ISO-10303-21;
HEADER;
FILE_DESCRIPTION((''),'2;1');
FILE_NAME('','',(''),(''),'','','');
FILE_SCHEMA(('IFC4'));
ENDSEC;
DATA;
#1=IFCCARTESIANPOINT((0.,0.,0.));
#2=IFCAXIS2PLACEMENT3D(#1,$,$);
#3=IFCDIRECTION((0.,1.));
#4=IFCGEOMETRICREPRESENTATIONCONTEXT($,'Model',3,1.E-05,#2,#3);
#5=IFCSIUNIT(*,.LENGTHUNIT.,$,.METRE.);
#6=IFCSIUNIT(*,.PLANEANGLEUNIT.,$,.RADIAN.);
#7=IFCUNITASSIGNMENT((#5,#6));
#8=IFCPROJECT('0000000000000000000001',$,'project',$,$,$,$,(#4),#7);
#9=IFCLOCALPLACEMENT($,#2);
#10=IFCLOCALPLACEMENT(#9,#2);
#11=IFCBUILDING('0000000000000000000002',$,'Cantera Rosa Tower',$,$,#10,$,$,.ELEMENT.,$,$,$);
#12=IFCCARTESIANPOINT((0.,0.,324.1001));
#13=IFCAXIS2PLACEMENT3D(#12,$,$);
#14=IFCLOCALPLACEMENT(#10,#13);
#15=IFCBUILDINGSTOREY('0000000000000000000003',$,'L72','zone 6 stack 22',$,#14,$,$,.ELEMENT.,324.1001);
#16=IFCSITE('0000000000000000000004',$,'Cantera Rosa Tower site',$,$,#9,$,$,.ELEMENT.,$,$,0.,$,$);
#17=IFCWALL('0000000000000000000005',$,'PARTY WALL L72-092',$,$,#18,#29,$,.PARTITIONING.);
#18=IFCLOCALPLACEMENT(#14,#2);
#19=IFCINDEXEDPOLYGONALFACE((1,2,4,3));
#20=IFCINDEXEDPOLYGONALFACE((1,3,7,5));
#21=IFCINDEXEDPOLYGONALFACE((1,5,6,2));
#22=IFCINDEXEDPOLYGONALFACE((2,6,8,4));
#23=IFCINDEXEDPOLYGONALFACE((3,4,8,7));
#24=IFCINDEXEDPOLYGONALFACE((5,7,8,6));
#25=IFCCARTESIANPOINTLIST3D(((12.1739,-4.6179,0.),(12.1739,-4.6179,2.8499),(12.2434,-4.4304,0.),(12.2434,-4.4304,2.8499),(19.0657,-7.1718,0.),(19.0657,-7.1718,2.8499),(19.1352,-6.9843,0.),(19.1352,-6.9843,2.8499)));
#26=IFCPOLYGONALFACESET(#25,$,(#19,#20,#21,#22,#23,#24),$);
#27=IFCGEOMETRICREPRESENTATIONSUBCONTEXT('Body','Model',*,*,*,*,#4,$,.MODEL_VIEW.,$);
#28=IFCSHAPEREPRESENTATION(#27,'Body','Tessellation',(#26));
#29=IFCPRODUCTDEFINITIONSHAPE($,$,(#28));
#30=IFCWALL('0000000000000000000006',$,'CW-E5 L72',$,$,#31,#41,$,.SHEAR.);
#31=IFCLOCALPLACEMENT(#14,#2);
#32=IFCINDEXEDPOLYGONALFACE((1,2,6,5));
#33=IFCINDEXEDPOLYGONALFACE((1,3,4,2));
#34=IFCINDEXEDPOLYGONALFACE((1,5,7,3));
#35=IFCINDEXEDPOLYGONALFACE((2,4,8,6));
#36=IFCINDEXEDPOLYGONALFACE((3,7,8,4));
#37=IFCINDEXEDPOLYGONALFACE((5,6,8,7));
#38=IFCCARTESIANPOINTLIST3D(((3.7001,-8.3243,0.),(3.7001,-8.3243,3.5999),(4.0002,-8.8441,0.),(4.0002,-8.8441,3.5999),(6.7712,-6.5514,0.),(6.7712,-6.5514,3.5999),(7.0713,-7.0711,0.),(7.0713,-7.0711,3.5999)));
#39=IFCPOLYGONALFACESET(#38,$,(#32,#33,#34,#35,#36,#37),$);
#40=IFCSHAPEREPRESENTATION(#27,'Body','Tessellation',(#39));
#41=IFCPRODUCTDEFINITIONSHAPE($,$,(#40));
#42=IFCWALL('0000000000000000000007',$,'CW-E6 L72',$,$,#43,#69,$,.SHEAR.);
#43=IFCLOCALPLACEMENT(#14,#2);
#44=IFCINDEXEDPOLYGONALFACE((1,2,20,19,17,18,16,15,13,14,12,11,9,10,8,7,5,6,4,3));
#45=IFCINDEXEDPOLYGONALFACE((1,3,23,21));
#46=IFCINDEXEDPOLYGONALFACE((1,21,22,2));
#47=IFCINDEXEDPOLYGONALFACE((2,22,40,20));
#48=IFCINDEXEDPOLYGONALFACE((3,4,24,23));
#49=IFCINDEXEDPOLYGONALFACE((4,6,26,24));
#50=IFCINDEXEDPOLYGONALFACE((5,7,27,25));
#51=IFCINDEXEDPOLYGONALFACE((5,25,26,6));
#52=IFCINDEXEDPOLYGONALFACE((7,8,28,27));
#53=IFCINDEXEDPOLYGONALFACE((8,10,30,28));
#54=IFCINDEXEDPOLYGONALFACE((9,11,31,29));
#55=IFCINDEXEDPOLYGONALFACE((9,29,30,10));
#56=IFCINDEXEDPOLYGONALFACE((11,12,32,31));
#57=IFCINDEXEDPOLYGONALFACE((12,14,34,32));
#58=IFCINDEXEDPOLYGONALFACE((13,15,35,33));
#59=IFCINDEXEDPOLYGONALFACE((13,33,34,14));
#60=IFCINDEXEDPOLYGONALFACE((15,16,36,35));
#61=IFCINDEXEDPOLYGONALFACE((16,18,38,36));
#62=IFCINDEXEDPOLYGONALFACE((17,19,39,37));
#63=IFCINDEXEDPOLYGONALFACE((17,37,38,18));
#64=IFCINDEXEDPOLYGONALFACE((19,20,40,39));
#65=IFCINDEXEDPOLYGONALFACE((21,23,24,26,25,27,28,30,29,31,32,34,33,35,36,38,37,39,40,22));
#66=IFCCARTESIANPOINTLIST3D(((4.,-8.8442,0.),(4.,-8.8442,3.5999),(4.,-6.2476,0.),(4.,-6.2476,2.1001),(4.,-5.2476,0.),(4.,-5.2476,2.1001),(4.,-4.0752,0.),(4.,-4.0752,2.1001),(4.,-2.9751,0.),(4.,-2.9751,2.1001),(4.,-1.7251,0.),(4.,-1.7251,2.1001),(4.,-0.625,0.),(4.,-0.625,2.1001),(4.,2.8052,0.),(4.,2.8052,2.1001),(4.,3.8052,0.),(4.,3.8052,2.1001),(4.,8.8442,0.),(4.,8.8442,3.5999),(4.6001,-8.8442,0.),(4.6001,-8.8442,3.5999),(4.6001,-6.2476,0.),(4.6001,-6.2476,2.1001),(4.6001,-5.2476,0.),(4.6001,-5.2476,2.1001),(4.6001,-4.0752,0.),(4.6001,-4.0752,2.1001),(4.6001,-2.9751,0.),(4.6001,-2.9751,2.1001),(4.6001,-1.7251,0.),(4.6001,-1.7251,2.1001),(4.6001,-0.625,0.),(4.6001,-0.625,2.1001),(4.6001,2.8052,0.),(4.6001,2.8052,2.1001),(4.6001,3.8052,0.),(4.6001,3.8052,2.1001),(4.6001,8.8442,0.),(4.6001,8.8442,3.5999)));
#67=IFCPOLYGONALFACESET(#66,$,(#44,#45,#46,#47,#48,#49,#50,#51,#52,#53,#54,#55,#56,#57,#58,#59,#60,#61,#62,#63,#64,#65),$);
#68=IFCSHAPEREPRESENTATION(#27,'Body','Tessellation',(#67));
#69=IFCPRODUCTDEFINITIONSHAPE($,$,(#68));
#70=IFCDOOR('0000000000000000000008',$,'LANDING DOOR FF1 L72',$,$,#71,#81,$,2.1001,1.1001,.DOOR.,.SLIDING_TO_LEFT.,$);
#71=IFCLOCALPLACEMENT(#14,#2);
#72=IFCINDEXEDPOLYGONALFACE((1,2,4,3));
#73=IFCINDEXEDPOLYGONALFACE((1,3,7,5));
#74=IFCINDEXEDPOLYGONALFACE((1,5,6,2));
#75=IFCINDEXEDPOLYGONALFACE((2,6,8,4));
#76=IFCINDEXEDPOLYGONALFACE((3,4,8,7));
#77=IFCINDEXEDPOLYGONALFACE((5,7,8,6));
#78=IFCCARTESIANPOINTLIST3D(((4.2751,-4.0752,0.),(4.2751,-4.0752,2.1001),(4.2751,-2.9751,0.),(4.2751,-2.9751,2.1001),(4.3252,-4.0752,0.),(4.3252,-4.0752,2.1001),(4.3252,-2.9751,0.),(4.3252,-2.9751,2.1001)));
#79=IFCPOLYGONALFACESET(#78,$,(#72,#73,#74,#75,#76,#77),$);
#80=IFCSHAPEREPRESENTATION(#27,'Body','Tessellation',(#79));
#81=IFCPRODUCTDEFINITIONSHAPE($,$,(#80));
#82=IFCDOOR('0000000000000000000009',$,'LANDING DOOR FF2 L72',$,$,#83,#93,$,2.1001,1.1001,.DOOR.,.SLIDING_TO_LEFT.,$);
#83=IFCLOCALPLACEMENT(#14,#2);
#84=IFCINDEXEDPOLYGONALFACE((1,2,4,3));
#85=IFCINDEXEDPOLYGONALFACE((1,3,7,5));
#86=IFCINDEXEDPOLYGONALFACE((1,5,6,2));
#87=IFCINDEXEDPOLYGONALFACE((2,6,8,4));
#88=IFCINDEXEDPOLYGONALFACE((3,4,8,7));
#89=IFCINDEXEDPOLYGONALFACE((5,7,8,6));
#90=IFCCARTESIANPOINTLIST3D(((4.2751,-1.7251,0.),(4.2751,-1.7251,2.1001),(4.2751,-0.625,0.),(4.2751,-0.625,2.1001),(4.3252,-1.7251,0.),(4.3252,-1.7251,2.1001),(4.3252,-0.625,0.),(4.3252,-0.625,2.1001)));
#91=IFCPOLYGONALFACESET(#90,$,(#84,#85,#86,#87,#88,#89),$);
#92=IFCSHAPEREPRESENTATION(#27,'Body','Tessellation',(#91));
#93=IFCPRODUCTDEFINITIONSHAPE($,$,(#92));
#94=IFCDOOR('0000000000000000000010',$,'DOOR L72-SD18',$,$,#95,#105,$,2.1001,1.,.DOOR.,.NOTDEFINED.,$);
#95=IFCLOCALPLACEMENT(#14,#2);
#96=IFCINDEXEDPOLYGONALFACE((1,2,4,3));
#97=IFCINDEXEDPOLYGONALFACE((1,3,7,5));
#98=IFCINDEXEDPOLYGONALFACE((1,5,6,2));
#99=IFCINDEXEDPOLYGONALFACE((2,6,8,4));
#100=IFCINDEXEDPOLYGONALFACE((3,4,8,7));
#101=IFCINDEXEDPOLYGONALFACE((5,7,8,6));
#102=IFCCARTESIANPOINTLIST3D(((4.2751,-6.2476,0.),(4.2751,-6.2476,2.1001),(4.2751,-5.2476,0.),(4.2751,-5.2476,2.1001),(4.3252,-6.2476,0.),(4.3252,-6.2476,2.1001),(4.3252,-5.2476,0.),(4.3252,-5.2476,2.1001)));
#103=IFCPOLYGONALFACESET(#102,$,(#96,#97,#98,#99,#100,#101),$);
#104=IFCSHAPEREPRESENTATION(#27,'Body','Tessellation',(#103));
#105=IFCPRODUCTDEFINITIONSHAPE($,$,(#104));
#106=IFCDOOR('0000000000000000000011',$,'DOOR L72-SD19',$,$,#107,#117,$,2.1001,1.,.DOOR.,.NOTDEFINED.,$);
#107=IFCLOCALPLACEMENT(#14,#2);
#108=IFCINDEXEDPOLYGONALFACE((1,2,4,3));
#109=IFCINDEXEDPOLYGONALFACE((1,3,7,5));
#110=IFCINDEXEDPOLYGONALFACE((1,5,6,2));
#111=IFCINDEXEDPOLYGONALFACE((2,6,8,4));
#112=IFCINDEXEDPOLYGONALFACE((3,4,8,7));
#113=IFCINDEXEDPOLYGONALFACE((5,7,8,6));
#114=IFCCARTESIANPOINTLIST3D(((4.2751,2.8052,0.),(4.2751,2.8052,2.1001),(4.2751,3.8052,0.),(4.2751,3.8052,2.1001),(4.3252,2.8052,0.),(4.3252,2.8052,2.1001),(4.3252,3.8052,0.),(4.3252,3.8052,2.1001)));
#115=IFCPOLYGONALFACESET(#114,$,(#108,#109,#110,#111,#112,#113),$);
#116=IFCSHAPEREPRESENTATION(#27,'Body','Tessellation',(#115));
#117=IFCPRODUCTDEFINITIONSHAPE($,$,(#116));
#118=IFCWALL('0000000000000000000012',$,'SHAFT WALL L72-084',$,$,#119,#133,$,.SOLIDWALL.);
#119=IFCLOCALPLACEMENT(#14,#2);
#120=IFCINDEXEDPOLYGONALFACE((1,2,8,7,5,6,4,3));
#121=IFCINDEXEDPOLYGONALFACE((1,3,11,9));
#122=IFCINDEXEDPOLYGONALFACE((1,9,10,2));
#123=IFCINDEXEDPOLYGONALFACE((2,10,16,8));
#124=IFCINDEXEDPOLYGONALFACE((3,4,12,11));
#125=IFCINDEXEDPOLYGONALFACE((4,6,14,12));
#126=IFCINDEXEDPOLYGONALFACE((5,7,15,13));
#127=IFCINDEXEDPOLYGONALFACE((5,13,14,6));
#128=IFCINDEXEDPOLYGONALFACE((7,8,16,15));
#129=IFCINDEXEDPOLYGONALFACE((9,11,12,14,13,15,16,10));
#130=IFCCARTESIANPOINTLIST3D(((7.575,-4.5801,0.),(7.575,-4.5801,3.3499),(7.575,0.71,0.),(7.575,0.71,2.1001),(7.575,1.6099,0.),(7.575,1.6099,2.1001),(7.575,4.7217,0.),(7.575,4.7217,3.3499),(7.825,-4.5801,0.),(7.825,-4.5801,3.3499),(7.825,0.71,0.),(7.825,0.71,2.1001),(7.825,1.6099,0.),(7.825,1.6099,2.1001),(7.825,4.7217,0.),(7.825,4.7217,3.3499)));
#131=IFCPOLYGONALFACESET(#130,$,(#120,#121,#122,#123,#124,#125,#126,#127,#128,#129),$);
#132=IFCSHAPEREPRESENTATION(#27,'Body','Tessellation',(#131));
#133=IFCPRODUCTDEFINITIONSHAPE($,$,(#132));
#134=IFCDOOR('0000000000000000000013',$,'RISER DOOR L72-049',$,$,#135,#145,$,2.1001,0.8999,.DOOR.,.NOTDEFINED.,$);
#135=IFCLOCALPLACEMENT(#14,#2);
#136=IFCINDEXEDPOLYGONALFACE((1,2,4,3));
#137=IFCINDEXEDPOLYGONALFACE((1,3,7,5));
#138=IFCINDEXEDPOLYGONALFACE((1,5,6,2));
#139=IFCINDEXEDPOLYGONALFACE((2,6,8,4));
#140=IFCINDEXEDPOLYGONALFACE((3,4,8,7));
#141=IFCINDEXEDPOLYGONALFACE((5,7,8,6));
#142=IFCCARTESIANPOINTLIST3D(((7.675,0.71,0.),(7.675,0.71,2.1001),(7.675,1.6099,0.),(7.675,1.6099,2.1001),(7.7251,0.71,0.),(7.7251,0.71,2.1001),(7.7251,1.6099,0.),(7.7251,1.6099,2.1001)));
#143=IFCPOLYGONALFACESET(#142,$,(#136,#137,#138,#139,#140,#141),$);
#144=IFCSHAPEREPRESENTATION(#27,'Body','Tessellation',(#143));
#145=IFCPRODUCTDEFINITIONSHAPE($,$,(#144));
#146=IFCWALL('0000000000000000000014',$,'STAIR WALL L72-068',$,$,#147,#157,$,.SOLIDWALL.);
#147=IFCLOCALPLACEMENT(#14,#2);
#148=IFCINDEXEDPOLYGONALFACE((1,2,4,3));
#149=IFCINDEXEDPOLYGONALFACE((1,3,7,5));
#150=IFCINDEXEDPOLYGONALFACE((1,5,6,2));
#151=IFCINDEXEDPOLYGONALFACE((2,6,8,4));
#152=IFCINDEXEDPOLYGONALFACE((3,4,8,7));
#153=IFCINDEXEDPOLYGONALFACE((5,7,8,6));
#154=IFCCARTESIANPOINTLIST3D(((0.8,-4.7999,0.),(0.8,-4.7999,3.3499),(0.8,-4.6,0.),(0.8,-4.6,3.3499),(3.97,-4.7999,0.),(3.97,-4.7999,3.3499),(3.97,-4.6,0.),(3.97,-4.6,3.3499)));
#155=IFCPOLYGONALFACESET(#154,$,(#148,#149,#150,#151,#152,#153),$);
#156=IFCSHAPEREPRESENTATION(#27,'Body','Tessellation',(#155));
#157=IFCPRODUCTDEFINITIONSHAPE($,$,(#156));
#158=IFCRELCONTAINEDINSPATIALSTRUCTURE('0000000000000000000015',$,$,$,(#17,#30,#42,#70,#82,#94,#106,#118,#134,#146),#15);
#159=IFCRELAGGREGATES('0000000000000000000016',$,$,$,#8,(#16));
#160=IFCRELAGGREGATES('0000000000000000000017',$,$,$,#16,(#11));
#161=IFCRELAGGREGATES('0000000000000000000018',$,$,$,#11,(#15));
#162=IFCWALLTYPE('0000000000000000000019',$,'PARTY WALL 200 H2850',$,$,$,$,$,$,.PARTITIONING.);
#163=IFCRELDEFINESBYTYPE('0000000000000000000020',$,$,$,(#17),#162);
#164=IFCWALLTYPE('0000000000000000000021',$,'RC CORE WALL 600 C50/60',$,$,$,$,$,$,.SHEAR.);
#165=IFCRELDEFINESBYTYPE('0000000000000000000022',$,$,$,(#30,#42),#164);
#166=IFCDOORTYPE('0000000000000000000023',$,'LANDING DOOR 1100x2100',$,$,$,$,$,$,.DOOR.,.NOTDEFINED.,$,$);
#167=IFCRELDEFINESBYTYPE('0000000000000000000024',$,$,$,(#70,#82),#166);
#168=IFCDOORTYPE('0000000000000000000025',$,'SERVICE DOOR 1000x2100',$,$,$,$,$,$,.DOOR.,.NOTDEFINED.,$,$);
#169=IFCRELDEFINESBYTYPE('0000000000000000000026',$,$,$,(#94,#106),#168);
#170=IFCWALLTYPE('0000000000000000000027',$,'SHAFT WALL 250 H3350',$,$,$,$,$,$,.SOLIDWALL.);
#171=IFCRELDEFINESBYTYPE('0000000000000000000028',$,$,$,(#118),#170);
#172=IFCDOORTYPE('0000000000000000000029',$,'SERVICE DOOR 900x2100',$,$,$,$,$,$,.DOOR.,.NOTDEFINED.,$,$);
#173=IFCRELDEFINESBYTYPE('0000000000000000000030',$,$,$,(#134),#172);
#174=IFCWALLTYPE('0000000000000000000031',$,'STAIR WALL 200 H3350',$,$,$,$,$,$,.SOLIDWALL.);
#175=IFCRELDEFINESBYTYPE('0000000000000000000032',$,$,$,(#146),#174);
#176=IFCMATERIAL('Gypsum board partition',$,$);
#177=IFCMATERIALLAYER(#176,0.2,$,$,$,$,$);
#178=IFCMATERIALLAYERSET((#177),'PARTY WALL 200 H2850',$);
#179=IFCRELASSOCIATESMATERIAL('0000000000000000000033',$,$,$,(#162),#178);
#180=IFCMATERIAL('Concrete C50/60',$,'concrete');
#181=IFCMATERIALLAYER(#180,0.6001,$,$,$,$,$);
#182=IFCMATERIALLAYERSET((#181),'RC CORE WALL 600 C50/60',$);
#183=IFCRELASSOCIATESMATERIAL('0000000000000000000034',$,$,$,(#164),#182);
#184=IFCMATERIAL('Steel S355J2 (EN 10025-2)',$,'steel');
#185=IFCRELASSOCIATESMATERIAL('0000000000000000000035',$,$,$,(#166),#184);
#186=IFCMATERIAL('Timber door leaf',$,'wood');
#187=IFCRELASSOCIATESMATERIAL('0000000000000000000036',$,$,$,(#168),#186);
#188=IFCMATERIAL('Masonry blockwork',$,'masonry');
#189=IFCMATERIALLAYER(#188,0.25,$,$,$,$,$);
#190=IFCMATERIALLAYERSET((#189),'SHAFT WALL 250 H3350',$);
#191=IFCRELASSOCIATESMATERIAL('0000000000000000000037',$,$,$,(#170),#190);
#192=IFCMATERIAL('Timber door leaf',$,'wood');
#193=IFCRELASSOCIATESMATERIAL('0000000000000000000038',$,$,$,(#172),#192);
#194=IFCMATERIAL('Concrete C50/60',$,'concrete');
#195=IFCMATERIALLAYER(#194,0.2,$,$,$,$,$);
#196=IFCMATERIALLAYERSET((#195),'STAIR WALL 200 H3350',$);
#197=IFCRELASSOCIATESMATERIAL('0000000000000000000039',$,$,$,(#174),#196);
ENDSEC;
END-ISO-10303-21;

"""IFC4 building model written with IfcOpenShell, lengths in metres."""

from ifc_helpers import new_model, si_unit, direction, frame, frame_2d, origin, place, context, subcontext, project, spatial, rectangle, extrude, material, layer, layer_set, type_object, element, fill, save


model = new_model("IFC4")

# Units and contexts
model_context = context("Model", 3, precision=1e-05, world=origin(), true_north=direction((0.0, 1.0)))
body_context = subcontext(model_context, "Body", "Model", "MODEL_VIEW")
ifc_project = project(units=[si_unit("LENGTHUNIT", "METRE"), si_unit("PLANEANGLEUNIT", "RADIAN")], contexts=[model_context])

# Site, building, storey
site_placement = place(None, origin())
site = spatial("IfcSite", under=ifc_project, at=site_placement, Name="Cantera Rosa Tower site", CompositionType="ELEMENT", RefElevation=0.0)
building_placement = place(site_placement, origin())
building = spatial("IfcBuilding", under=site, at=building_placement, Name="Cantera Rosa Tower", CompositionType="ELEMENT")
storey_placement = place(building_placement, frame((0.0, 0.0, 324.1001)))
storey = spatial("IfcBuildingStorey", under=building, at=storey_placement, Name="L72", Description="zone 6 stack 22", CompositionType="ELEMENT", Elevation=324.1001)

# Walls
ifc_material_1 = material(Name="Gypsum board partition")
ifc_layer_1 = layer(ifc_material_1, 0.2)
ifc_layer_set_1 = layer_set([ifc_layer_1], Name="PARTY WALL 200 H2850")
wall_type_1 = type_object("IfcWallType", Name="PARTY WALL 200 H2850", PredefinedType="PARTITIONING", material=ifc_layer_set_1)
wall_1_placement = place(storey_placement, frame((12.2087, -4.5242, 0.0), z_axis=(0.0, 0.0, 1.0), x_axis=(0.937686, -0.347484, 0.0)))
element("IfcWall", 1, at=wall_1_placement, inside=storey, type_object=wall_type_1, Name="PARTY WALL L72-092", PredefinedType="PARTITIONING", context=body_context, shape_type="SweptSolid", body=[
    extrude(rectangle(XDim=7.3499, YDim=0.2, at=frame_2d((3.6748, 0.0))), origin(), (0.0, 0.0, 1.0), 2.8499),
])
ifc_material_2 = material(Name="Concrete C50/60", Category="concrete")
ifc_layer_2 = layer(ifc_material_2, 0.6001)
ifc_layer_set_2 = layer_set([ifc_layer_2], Name="RC CORE WALL 600 C50/60")
wall_type_2 = type_object("IfcWallType", Name="RC CORE WALL 600 C50/60", PredefinedType="SHEAR", material=ifc_layer_set_2)
wall_2_placement = place(storey_placement, frame((6.9211, -6.8113, 0.0), z_axis=(0.0, 0.0, 1.0), x_axis=(-0.86604, -0.499975, 0.0)))
element("IfcWall", 2, at=wall_2_placement, inside=storey, type_object=wall_type_2, Name="CW-E5 L72", PredefinedType="SHEAR", context=body_context, shape_type="SweptSolid", body=[
    extrude(rectangle(XDim=3.5461, YDim=0.6001, at=frame_2d((1.7729, 0.0))), origin(), (0.0, 0.0, 1.0), 3.5999),
])

# Wall, openings, doors
wall_3_placement = place(storey_placement, frame((4.3, -8.8442, 0.0), z_axis=(0.0, 0.0, 1.0), x_axis=(0.0, 1.0, 0.0)))
wall_3 = element("IfcWall", 3, at=wall_3_placement, inside=storey, type_object=wall_type_2, Name="CW-E6 L72", PredefinedType="SHEAR", context=body_context, shape_type="SweptSolid", body=[
    extrude(rectangle(XDim=17.6885, YDim=0.6001, at=frame_2d((8.8442, 0.0))), origin(), (0.0, 0.0, 1.0), 3.5999),
])
opening_1_placement = place(wall_3_placement, frame((4.769, 0.0, 0.0)))
opening_1 = element("IfcOpeningElement", 4, at=opening_1_placement, cuts=wall_3, PredefinedType="OPENING", context=body_context, shape_type="SweptSolid", body=[
    extrude(rectangle(XDim=1.1001, YDim=2.1001, at=frame_2d((0.55, 1.05))), frame((0.0, 0.3101, 0.0), z_axis=(0.0, -1.0, 0.0), x_axis=(1.0, 0.0, 0.0)), (0.0, 0.0, 1.0), 0.6201),
])
opening_2_placement = place(wall_3_placement, frame((7.1191, 0.0, 0.0)))
opening_2 = element("IfcOpeningElement", 5, at=opening_2_placement, cuts=wall_3, PredefinedType="OPENING", context=body_context, shape_type="SweptSolid", body=[
    extrude(rectangle(XDim=1.1001, YDim=2.1001, at=frame_2d((0.55, 1.05))), frame((0.0, 0.3101, 0.0), z_axis=(0.0, -1.0, 0.0), x_axis=(1.0, 0.0, 0.0)), (0.0, 0.0, 1.0), 0.6201),
])
opening_3_placement = place(wall_3_placement, frame((2.5967, 0.0, 0.0)))
opening_3 = element("IfcOpeningElement", 6, at=opening_3_placement, cuts=wall_3, PredefinedType="OPENING", context=body_context, shape_type="SweptSolid", body=[
    extrude(rectangle(XDim=1.0, YDim=2.1001, at=frame_2d((0.5, 1.05))), frame((0.0, 0.3101, 0.0), z_axis=(0.0, -1.0, 0.0), x_axis=(1.0, 0.0, 0.0)), (0.0, 0.0, 1.0), 0.6201),
])
opening_4_placement = place(wall_3_placement, frame((11.6494, 0.0, 0.0)))
opening_4 = element("IfcOpeningElement", 7, at=opening_4_placement, cuts=wall_3, PredefinedType="OPENING", context=body_context, shape_type="SweptSolid", body=[
    extrude(rectangle(XDim=1.0, YDim=2.1001, at=frame_2d((0.5, 1.05))), frame((0.0, 0.3101, 0.0), z_axis=(0.0, -1.0, 0.0), x_axis=(1.0, 0.0, 0.0)), (0.0, 0.0, 1.0), 0.6201),
])
ifc_material_3 = material(Name="Steel S355J2 (EN 10025-2)", Category="steel")
door_type_1 = type_object("IfcDoorType", Name="LANDING DOOR 1100x2100", OperationType="NOTDEFINED", PredefinedType="DOOR", material=ifc_material_3)
door_1_placement = place(opening_1_placement, origin())
door_1 = element("IfcDoor", 8, at=door_1_placement, inside=storey, type_object=door_type_1, Name="LANDING DOOR FF1 L72", OperationType="SLIDING_TO_LEFT", OverallHeight=2.1001, OverallWidth=1.1001, PredefinedType="DOOR", context=body_context, shape_type="SweptSolid", body=[
    extrude(rectangle(XDim=1.1001, YDim=2.1001, at=frame_2d((0.55, 1.05))), frame((0.0, 0.0249, 0.0), z_axis=(0.0, -1.0, 0.0), x_axis=(1.0, 0.0, 0.0)), (0.0, 0.0, 1.0), 0.05),
])
fill(opening_1, door_1)
door_2_placement = place(opening_2_placement, origin())
door_2 = element("IfcDoor", 9, at=door_2_placement, inside=storey, type_object=door_type_1, Name="LANDING DOOR FF2 L72", OperationType="SLIDING_TO_LEFT", OverallHeight=2.1001, OverallWidth=1.1001, PredefinedType="DOOR", context=body_context, shape_type="SweptSolid", body=[
    extrude(rectangle(XDim=1.1001, YDim=2.1001, at=frame_2d((0.55, 1.05))), frame((0.0, 0.0249, 0.0), z_axis=(0.0, -1.0, 0.0), x_axis=(1.0, 0.0, 0.0)), (0.0, 0.0, 1.0), 0.05),
])
fill(opening_2, door_2)
ifc_material_4 = material(Name="Timber door leaf", Category="wood")
door_type_2 = type_object("IfcDoorType", Name="SERVICE DOOR 1000x2100", OperationType="NOTDEFINED", PredefinedType="DOOR", material=ifc_material_4)
door_3_placement = place(opening_3_placement, origin())
door_3 = element("IfcDoor", 10, at=door_3_placement, inside=storey, type_object=door_type_2, Name="DOOR L72-SD18", OperationType="NOTDEFINED", OverallHeight=2.1001, OverallWidth=1.0, PredefinedType="DOOR", context=body_context, shape_type="SweptSolid", body=[
    extrude(rectangle(XDim=1.0, YDim=2.1001, at=frame_2d((0.5, 1.05))), frame((0.0, 0.0249, 0.0), z_axis=(0.0, -1.0, 0.0), x_axis=(1.0, 0.0, 0.0)), (0.0, 0.0, 1.0), 0.05),
])
fill(opening_3, door_3)
door_4_placement = place(opening_4_placement, origin())
door_4 = element("IfcDoor", 11, at=door_4_placement, inside=storey, type_object=door_type_2, Name="DOOR L72-SD19", OperationType="NOTDEFINED", OverallHeight=2.1001, OverallWidth=1.0, PredefinedType="DOOR", context=body_context, shape_type="SweptSolid", body=[
    extrude(rectangle(XDim=1.0, YDim=2.1001, at=frame_2d((0.5, 1.05))), frame((0.0, 0.0249, 0.0), z_axis=(0.0, -1.0, 0.0), x_axis=(1.0, 0.0, 0.0)), (0.0, 0.0, 1.0), 0.05),
])
fill(opening_4, door_4)

# Shared definitions
ifc_material_5 = material(Name="Masonry blockwork", Category="masonry")
ifc_layer_3 = layer(ifc_material_5, 0.25)
ifc_layer_set_3 = layer_set([ifc_layer_3], Name="SHAFT WALL 250 H3350")
wall_type_3 = type_object("IfcWallType", Name="SHAFT WALL 250 H3350", PredefinedType="SOLIDWALL", material=ifc_layer_set_3)

# Wall, opening, door
wall_4_placement = place(storey_placement, frame((7.7, -4.5801, 0.0), z_axis=(0.0, 0.0, 1.0), x_axis=(0.0, 1.0, 0.0)))
wall_4 = element("IfcWall", 12, at=wall_4_placement, inside=storey, type_object=wall_type_3, Name="SHAFT WALL L72-084", PredefinedType="SOLIDWALL", context=body_context, shape_type="SweptSolid", body=[
    extrude(rectangle(XDim=9.3018, YDim=0.25, at=frame_2d((4.6509, 0.0))), origin(), (0.0, 0.0, 1.0), 3.3499),
])
opening_5_placement = place(wall_4_placement, frame((5.29, 0.0, 0.0)))
opening_5 = element("IfcOpeningElement", 13, at=opening_5_placement, cuts=wall_4, PredefinedType="OPENING", context=body_context, shape_type="SweptSolid", body=[
    extrude(rectangle(XDim=0.8999, YDim=2.1001, at=frame_2d((0.45, 1.05))), frame((0.0, 0.135, 0.0), z_axis=(0.0, -1.0, 0.0), x_axis=(1.0, 0.0, 0.0)), (0.0, 0.0, 1.0), 0.27),
])
ifc_material_6 = material(Name="Timber door leaf", Category="wood")
door_type_3 = type_object("IfcDoorType", Name="SERVICE DOOR 900x2100", OperationType="NOTDEFINED", PredefinedType="DOOR", material=ifc_material_6)
door_5_placement = place(opening_5_placement, origin())
door_5 = element("IfcDoor", 14, at=door_5_placement, inside=storey, type_object=door_type_3, Name="RISER DOOR L72-049", OperationType="NOTDEFINED", OverallHeight=2.1001, OverallWidth=0.8999, PredefinedType="DOOR", context=body_context, shape_type="SweptSolid", body=[
    extrude(rectangle(XDim=0.8999, YDim=2.1001, at=frame_2d((0.45, 1.05))), frame((0.0, 0.0249, 0.0), z_axis=(0.0, -1.0, 0.0), x_axis=(1.0, 0.0, 0.0)), (0.0, 0.0, 1.0), 0.05),
])
fill(opening_5, door_5)

# Wall
ifc_material_7 = material(Name="Concrete C50/60", Category="concrete")
ifc_layer_4 = layer(ifc_material_7, 0.2)
ifc_layer_set_4 = layer_set([ifc_layer_4], Name="STAIR WALL 200 H3350")
wall_type_4 = type_object("IfcWallType", Name="STAIR WALL 200 H3350", PredefinedType="SOLIDWALL", material=ifc_layer_set_4)
wall_5_placement = place(storey_placement, frame((3.97, -4.7, 0.0), z_axis=(0.0, 0.0, 1.0), x_axis=(-1.0, 0.0, 0.0)))
element("IfcWall", 15, at=wall_5_placement, inside=storey, type_object=wall_type_4, Name="STAIR WALL L72-068", PredefinedType="SOLIDWALL", context=body_context, shape_type="SweptSolid", body=[
    extrude(rectangle(XDim=3.1699, YDim=0.2, at=frame_2d((1.585, 0.0))), origin(), (0.0, 0.0, 1.0), 3.3499),
])

save(model, "model.ifc")
